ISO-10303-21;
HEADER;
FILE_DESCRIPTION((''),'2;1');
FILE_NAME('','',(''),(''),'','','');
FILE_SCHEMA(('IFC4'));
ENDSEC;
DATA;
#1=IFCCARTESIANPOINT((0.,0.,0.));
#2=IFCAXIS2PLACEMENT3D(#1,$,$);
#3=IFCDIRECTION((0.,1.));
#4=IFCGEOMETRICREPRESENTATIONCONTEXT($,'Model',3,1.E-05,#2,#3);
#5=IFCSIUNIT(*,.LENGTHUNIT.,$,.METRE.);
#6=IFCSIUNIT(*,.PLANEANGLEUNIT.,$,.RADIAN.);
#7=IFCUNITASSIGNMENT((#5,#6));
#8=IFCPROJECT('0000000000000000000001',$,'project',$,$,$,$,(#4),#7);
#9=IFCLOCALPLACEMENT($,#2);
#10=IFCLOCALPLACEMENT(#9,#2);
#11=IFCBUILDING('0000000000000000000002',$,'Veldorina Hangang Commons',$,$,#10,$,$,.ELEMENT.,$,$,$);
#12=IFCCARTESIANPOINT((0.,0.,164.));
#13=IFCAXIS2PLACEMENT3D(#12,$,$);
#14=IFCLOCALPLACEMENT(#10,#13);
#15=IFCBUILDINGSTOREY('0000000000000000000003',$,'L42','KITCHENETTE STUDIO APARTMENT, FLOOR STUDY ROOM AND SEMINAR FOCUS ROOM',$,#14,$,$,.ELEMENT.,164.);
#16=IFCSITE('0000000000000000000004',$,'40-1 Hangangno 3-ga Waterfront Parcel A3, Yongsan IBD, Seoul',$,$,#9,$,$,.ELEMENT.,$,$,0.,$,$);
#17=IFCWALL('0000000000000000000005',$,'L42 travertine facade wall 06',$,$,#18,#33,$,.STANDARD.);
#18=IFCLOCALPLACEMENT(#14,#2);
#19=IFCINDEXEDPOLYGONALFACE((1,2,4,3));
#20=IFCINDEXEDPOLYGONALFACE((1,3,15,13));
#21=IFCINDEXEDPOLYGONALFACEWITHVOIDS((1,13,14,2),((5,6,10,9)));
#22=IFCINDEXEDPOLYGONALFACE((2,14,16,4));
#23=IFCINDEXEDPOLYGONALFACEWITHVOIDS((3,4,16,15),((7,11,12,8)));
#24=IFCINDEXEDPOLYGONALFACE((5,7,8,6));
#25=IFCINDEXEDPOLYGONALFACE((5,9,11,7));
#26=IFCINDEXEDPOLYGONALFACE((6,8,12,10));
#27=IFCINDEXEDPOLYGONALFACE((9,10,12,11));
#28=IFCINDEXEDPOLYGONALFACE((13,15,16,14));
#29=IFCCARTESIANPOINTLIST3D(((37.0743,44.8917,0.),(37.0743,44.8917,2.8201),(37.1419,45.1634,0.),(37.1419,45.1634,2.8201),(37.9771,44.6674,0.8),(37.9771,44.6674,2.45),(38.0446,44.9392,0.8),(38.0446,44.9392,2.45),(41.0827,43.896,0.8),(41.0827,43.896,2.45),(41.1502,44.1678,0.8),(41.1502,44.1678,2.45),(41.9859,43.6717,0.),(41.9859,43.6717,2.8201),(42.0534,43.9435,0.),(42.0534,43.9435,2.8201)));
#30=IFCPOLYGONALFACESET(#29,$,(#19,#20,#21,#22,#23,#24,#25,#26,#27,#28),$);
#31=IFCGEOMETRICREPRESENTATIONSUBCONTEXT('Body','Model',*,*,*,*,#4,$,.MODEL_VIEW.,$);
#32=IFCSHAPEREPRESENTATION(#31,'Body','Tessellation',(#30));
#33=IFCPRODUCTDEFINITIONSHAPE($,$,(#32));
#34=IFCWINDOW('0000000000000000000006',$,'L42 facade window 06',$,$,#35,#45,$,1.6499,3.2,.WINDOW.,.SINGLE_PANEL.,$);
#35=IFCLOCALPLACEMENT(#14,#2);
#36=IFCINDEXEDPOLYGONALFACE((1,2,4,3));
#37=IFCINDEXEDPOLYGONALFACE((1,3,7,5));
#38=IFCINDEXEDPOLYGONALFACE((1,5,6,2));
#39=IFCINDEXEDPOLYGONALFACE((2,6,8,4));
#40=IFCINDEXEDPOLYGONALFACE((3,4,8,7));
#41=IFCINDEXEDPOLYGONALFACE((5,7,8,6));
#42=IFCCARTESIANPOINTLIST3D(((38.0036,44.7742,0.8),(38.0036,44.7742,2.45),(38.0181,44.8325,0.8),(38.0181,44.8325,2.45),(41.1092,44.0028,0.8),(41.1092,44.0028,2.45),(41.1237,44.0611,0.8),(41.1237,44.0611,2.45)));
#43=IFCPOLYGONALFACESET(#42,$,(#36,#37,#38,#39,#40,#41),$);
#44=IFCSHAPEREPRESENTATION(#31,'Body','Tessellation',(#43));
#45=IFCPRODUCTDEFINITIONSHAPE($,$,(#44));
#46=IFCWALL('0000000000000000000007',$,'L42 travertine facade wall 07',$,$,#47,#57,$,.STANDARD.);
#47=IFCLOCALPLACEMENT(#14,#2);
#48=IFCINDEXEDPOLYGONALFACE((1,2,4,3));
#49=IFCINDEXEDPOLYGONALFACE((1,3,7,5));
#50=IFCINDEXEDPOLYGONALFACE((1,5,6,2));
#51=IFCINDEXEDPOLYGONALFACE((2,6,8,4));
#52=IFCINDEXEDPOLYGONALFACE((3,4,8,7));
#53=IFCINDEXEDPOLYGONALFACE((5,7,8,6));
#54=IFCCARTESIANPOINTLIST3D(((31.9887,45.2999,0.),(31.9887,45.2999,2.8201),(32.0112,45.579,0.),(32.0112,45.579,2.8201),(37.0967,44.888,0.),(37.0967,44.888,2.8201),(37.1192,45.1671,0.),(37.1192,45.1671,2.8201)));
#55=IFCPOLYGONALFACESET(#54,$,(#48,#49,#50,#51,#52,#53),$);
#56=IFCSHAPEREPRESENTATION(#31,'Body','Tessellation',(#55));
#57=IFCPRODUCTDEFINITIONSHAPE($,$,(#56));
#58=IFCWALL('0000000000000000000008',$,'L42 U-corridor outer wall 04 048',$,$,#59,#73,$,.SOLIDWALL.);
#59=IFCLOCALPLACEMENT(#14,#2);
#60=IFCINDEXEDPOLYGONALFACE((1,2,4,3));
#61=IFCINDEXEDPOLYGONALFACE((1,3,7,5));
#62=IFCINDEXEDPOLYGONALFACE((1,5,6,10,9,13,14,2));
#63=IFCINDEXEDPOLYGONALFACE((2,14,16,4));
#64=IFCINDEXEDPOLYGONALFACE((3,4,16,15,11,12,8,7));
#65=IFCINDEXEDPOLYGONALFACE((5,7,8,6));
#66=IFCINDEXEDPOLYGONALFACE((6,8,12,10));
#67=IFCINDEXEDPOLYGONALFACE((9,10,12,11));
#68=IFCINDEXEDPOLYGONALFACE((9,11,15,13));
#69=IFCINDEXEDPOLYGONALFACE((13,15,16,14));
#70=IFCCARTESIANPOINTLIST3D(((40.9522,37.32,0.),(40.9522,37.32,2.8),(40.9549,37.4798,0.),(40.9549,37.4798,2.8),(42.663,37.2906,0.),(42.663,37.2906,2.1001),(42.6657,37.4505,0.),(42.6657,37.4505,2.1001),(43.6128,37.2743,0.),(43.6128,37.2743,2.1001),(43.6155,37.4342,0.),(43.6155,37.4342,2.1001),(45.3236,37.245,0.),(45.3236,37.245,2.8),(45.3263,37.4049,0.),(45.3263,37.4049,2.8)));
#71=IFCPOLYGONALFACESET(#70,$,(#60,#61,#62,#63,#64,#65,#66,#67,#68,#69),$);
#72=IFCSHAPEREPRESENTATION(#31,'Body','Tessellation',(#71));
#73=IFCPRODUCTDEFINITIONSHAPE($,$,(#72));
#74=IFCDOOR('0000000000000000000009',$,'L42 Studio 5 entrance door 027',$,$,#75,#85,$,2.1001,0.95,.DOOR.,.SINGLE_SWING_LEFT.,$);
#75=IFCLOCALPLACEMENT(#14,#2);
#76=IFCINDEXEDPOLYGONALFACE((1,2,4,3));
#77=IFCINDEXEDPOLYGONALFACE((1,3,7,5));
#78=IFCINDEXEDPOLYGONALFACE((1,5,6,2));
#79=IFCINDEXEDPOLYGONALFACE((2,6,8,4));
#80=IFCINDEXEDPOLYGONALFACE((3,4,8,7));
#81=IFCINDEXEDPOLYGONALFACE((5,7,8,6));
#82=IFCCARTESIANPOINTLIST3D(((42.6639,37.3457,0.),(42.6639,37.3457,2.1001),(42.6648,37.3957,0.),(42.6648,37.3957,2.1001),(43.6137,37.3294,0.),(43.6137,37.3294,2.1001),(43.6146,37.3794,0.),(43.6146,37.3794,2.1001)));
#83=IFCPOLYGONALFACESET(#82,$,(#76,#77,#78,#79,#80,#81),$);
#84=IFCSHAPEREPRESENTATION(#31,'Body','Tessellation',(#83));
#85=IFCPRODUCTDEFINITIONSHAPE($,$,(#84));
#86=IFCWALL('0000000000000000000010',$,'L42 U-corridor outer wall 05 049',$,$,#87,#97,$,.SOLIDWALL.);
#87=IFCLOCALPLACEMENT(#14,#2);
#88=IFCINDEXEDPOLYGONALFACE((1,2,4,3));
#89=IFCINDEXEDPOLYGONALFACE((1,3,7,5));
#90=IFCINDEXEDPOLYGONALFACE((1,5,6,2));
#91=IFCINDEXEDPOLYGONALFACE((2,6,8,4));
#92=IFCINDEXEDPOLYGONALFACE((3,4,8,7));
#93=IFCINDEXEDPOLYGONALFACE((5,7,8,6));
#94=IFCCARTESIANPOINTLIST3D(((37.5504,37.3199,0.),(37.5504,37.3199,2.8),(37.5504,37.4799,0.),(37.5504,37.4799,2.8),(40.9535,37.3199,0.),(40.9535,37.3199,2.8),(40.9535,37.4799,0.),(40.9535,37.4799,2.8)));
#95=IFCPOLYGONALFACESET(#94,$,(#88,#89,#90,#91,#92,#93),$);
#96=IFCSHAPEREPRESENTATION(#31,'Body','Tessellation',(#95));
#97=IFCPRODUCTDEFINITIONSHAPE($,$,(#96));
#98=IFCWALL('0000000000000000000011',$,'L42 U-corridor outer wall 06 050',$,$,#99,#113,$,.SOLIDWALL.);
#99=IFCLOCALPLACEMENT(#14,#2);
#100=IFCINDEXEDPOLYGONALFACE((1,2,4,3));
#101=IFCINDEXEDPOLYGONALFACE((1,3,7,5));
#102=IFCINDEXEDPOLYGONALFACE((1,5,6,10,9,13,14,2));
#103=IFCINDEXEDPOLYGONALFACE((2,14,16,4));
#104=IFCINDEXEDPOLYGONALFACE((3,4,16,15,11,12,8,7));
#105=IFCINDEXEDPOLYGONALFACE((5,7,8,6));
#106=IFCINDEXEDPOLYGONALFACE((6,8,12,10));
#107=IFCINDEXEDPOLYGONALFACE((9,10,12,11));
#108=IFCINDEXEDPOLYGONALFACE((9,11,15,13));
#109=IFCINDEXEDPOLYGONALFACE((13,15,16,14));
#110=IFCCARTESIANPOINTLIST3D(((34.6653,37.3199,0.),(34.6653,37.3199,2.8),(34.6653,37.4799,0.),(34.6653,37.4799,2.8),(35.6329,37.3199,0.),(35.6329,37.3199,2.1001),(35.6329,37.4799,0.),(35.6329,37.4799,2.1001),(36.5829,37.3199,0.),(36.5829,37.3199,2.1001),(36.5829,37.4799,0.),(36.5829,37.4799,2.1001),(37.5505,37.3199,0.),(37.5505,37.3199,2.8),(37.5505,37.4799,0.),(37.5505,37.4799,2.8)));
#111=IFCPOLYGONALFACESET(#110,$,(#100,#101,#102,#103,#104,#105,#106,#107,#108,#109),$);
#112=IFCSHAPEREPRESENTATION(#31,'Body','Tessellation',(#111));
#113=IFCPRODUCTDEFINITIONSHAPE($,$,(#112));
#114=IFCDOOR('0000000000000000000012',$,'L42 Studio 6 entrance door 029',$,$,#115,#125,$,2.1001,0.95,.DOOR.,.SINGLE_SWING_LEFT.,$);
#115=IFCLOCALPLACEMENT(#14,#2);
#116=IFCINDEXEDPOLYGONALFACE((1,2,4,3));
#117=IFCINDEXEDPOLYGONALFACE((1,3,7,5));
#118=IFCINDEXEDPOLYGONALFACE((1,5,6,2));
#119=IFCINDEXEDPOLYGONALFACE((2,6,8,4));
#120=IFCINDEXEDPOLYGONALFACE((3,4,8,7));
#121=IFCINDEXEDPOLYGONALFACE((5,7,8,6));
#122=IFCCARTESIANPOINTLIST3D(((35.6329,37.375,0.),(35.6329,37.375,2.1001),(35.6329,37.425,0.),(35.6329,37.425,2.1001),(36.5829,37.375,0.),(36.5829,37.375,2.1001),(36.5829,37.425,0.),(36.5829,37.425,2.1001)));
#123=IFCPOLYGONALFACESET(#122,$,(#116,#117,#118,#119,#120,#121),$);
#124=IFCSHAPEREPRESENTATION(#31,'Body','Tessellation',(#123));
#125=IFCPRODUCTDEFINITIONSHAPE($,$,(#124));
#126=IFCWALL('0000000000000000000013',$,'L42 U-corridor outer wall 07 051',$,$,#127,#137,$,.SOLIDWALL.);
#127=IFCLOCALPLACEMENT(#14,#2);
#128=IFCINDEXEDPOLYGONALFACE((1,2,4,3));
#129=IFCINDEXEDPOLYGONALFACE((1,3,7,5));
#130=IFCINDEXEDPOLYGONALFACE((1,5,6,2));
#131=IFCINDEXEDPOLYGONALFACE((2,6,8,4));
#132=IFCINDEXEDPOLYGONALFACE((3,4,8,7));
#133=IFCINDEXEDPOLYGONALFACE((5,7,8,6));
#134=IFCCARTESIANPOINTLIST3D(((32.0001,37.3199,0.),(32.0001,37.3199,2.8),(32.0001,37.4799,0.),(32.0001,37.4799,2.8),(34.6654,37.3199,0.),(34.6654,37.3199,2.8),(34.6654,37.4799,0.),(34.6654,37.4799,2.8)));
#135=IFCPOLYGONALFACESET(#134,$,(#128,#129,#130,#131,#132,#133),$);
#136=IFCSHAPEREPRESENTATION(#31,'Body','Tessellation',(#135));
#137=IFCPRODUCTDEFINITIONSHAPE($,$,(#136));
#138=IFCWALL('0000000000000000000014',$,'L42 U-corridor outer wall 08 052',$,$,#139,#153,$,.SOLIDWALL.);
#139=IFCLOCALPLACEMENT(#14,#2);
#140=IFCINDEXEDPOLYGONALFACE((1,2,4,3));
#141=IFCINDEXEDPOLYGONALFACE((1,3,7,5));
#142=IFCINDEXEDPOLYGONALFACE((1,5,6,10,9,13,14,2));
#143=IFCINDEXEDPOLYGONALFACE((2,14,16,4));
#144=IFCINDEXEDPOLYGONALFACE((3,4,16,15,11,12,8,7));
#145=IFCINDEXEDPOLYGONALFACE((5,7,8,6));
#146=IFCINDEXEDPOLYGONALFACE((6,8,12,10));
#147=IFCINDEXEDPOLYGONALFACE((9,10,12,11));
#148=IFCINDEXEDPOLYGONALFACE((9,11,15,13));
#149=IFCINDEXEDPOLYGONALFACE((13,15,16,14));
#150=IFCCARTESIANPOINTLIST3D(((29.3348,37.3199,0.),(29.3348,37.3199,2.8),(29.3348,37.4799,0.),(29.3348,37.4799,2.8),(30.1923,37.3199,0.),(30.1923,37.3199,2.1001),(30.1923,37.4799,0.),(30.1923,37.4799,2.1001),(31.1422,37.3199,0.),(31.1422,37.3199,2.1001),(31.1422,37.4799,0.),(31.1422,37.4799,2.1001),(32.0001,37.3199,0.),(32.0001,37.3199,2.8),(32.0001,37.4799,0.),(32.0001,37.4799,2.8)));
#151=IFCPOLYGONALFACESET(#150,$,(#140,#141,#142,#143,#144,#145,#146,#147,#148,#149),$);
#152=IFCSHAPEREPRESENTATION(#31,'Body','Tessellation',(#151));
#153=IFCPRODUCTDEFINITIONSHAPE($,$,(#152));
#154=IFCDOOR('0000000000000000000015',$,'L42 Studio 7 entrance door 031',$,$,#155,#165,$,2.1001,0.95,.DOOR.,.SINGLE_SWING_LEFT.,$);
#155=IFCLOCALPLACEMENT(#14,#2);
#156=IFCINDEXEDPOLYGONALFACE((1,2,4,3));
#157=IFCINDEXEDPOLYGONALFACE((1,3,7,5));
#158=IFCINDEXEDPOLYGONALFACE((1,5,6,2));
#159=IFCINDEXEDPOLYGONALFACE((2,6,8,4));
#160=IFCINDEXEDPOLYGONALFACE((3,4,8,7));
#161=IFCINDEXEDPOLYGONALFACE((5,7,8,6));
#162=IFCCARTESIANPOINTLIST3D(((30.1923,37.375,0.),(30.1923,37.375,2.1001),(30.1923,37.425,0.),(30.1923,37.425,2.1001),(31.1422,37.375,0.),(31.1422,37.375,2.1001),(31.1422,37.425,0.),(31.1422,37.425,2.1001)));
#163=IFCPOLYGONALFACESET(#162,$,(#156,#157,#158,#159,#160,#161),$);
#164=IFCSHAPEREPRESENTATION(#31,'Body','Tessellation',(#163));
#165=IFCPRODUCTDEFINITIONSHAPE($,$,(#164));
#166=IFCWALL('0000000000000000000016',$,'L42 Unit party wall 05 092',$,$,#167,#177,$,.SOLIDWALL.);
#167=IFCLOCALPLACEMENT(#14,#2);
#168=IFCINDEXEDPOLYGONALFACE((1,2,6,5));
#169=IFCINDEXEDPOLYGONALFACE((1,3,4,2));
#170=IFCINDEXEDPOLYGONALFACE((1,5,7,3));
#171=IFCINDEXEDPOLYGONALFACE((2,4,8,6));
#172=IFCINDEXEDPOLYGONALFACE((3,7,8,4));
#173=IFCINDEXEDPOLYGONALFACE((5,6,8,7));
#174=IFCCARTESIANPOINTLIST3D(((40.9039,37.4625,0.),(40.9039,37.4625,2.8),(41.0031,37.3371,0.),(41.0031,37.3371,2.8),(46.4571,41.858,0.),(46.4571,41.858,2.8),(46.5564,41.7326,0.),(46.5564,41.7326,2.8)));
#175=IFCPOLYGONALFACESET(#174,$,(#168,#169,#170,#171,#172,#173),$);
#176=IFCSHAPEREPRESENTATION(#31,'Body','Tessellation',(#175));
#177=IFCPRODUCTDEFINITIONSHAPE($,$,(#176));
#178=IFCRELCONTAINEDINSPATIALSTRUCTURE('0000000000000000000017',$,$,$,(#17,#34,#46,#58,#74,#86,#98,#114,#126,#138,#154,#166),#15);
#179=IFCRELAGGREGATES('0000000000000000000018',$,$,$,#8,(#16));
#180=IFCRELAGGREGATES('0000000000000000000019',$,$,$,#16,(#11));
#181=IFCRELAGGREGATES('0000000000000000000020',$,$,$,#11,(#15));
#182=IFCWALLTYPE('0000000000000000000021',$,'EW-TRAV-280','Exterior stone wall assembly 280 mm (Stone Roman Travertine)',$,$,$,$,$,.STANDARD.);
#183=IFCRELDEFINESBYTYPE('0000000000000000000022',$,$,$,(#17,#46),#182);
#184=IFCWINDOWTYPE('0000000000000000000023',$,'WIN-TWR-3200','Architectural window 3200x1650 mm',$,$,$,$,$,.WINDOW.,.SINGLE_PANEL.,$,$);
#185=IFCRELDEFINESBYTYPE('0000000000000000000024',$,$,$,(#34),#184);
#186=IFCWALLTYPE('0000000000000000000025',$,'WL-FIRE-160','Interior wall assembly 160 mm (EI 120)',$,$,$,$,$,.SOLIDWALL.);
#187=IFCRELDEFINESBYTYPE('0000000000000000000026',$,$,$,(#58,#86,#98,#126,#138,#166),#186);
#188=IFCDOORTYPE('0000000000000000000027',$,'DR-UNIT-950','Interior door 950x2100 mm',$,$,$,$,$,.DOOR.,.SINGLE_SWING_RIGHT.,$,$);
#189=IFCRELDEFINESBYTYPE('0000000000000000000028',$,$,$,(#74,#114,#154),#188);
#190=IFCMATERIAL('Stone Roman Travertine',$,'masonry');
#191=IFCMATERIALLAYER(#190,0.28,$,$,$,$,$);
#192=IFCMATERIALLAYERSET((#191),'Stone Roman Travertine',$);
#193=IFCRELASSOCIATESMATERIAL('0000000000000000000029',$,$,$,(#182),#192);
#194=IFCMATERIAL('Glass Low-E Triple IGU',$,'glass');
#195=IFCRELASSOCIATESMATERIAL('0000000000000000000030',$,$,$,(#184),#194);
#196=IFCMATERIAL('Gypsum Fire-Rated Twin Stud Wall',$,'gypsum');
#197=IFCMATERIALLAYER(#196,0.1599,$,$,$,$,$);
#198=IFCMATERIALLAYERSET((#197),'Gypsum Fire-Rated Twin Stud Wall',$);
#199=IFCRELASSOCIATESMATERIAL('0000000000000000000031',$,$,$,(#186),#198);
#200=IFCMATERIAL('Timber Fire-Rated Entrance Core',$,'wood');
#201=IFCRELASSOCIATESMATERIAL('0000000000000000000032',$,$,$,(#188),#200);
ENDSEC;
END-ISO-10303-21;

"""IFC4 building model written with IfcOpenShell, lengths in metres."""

from ifc_helpers import new_model, si_unit, direction, frame, frame_2d, origin, place, context, subcontext, project, spatial, rectangle, extrude, material, layer, layer_set, type_object, element, fill, save


model = new_model("IFC4")

# Units and contexts
model_context = context("Model", 3, precision=1e-05, world=origin(), true_north=direction((0.0, 1.0)))
body_context = subcontext(model_context, "Body", "Model", "MODEL_VIEW")
ifc_project = project(units=[si_unit("LENGTHUNIT", "METRE"), si_unit("PLANEANGLEUNIT", "RADIAN")], contexts=[model_context])

# Site, building, storey
site_placement = place(None, origin())
site = spatial("IfcSite", under=ifc_project, at=site_placement, Name="40-1 Hangangno 3-ga Waterfront Parcel A3, Yongsan IBD, Seoul", CompositionType="ELEMENT", RefElevation=0.0)
building_placement = place(site_placement, origin())
building = spatial("IfcBuilding", under=site, at=building_placement, Name="Veldorina Hangang Commons", CompositionType="ELEMENT")
storey_placement = place(building_placement, frame((0.0, 0.0, 164.0)))
storey = spatial("IfcBuildingStorey", under=building, at=storey_placement, Name="L42", Description="KITCHENETTE STUDIO APARTMENT, FLOOR STUDY ROOM AND SEMINAR FOCUS ROOM", CompositionType="ELEMENT", Elevation=164.0)

# Wall, opening, window
ifc_material_1 = material(Name="Stone Roman Travertine", Category="masonry")
ifc_layer_1 = layer(ifc_material_1, 0.28)
ifc_layer_set_1 = layer_set([ifc_layer_1], Name="Stone Roman Travertine")
wall_type_1 = type_object("IfcWallType", Name="EW-TRAV-280", Description="Exterior stone wall assembly 280 mm (Stone Roman Travertine)", PredefinedType="STANDARD", material=ifc_layer_set_1)
wall_1_placement = place(storey_placement, frame((42.0195, 43.8076, 0.0), z_axis=(0.0, 0.0, 1.0), x_axis=(-0.97051, 0.24106, 0.0)))
wall_1 = element("IfcWall", 1, at=wall_1_placement, inside=storey, type_object=wall_type_1, Name="L42 travertine facade wall 06", PredefinedType="STANDARD", context=body_context, shape_type="SweptSolid", body=[
    extrude(rectangle(XDim=5.0608, YDim=0.28, at=frame_2d((2.5303, 0.0))), origin(), (0.0, 0.0, 1.0), 2.8201),
])
opening_1_placement = place(wall_1_placement, frame((0.9304, 0.0, 0.8)))
opening_1 = element("IfcOpeningElement", 2, at=opening_1_placement, cuts=wall_1, PredefinedType="OPENING", context=body_context, shape_type="SweptSolid", body=[
    extrude(rectangle(XDim=3.2, YDim=1.6499, at=frame_2d((1.6001, 0.825))), frame((0.0, 0.1499, 0.0), z_axis=(0.0, -1.0, 0.0), x_axis=(1.0, 0.0, 0.0)), (0.0, 0.0, 1.0), 0.3),
])
ifc_material_2 = material(Name="Glass Low-E Triple IGU", Category="glass")
window_type = type_object("IfcWindowType", Name="WIN-TWR-3200", Description="Architectural window 3200x1650 mm", PartitioningType="SINGLE_PANEL", PredefinedType="WINDOW", material=ifc_material_2)
window_placement = place(opening_1_placement, origin())
window = element("IfcWindow", 3, at=window_placement, inside=storey, type_object=window_type, Name="L42 facade window 06", OverallHeight=1.6499, OverallWidth=3.2, PartitioningType="SINGLE_PANEL", PredefinedType="WINDOW", context=body_context, shape_type="SweptSolid", body=[
    extrude(rectangle(XDim=3.2, YDim=1.6499, at=frame_2d((1.6001, 0.825))), frame((0.0, 0.03, 0.0), z_axis=(0.0, -1.0, 0.0), x_axis=(1.0, 0.0, 0.0)), (0.0, 0.0, 1.0), 0.0601),
])
fill(opening_1, window)

# Wall
wall_2_placement = place(storey_placement, frame((37.1079, 45.0276, 0.0), z_axis=(0.0, 0.0, 1.0), x_axis=(-0.996765, 0.080372, 0.0)))
element("IfcWall", 4, at=wall_2_placement, inside=storey, type_object=wall_type_1, Name="L42 travertine facade wall 07", PredefinedType="STANDARD", context=body_context, shape_type="SweptSolid", body=[
    extrude(rectangle(XDim=5.1245, YDim=0.28, at=frame_2d((2.5623, 0.0))), origin(), (0.0, 0.0, 1.0), 2.8201),
])

# Wall, opening, door
ifc_material_3 = material(Name="Gypsum Fire-Rated Twin Stud Wall", Category="gypsum")
ifc_layer_2 = layer(ifc_material_3, 0.1599)
ifc_layer_set_2 = layer_set([ifc_layer_2], Name="Gypsum Fire-Rated Twin Stud Wall")
wall_type_2 = type_object("IfcWallType", Name="WL-FIRE-160", Description="Interior wall assembly 160 mm (EI 120)", PredefinedType="SOLIDWALL", material=ifc_layer_set_2)
wall_3_placement = place(storey_placement, frame((45.325, 37.325, 0.0), z_axis=(0.0, 0.0, 1.0), x_axis=(-0.999853, 0.017144, 0.0)))
wall_3 = element("IfcWall", 5, at=wall_3_placement, inside=storey, type_object=wall_type_2, Name="L42 U-corridor outer wall 04 048", PredefinedType="SOLIDWALL", context=body_context, shape_type="SweptSolid", body=[
    extrude(rectangle(XDim=4.3721, YDim=0.1599, at=frame_2d((2.186, 0.0))), origin(), (0.0, 0.0, 1.0), 2.8),
])
opening_2_placement = place(wall_3_placement, frame((1.7109, 0.0, 0.0)))
opening_2 = element("IfcOpeningElement", 6, at=opening_2_placement, cuts=wall_3, PredefinedType="OPENING", context=body_context, shape_type="SweptSolid", body=[
    extrude(rectangle(XDim=0.95, YDim=2.1001, at=frame_2d((0.4751, 1.05))), frame((0.0, 0.0898, 0.0), z_axis=(0.0, -1.0, 0.0), x_axis=(1.0, 0.0, 0.0)), (0.0, 0.0, 1.0), 0.1799),
])
ifc_material_4 = material(Name="Timber Fire-Rated Entrance Core", Category="wood")
door_type_1 = type_object("IfcDoorType", Name="DR-UNIT-950", Description="Interior door 950x2100 mm", OperationType="SINGLE_SWING_RIGHT", PredefinedType="DOOR", material=ifc_material_4)
door_1_placement = place(opening_2_placement, origin())
door_1 = element("IfcDoor", 7, at=door_1_placement, inside=storey, type_object=door_type_1, Name="L42 Studio 5 entrance door 027", OperationType="SINGLE_SWING_LEFT", OverallHeight=2.1001, OverallWidth=0.95, PredefinedType="DOOR", context=body_context, shape_type="SweptSolid", body=[
    extrude(rectangle(XDim=0.95, YDim=2.1001, at=frame_2d((0.4751, 1.05))), frame((0.0, 0.0249, 0.0), z_axis=(0.0, -1.0, 0.0), x_axis=(1.0, 0.0, 0.0)), (0.0, 0.0, 1.0), 0.05),
])
fill(opening_2, door_1)

# Wall
wall_4_placement = place(storey_placement, frame((40.9536, 37.3999, 0.0), z_axis=(0.0, 0.0, 1.0), x_axis=(-1.0, 0.0, 0.0)))
element("IfcWall", 8, at=wall_4_placement, inside=storey, type_object=wall_type_2, Name="L42 U-corridor outer wall 05 049", PredefinedType="SOLIDWALL", context=body_context, shape_type="SweptSolid", body=[
    extrude(rectangle(XDim=3.4031, YDim=0.1599, at=frame_2d((1.7017, 0.0))), origin(), (0.0, 0.0, 1.0), 2.8),
])

# Wall, opening, door
wall_5_placement = place(storey_placement, frame((37.5505, 37.3999, 0.0), z_axis=(0.0, 0.0, 1.0), x_axis=(-1.0, 0.0, 0.0)))
wall_5 = element("IfcWall", 9, at=wall_5_placement, inside=storey, type_object=wall_type_2, Name="L42 U-corridor outer wall 06 050", PredefinedType="SOLIDWALL", context=body_context, shape_type="SweptSolid", body=[
    extrude(rectangle(XDim=2.8853, YDim=0.1599, at=frame_2d((1.4426, 0.0))), origin(), (0.0, 0.0, 1.0), 2.8),
])
opening_3_placement = place(wall_5_placement, frame((0.9675, 0.0, 0.0)))
opening_3 = element("IfcOpeningElement", 10, at=opening_3_placement, cuts=wall_5, PredefinedType="OPENING", context=body_context, shape_type="SweptSolid", body=[
    extrude(rectangle(XDim=0.95, YDim=2.1001, at=frame_2d((0.4751, 1.05))), frame((0.0, 0.0898, 0.0), z_axis=(0.0, -1.0, 0.0), x_axis=(1.0, 0.0, 0.0)), (0.0, 0.0, 1.0), 0.1799),
])
door_2_placement = place(opening_3_placement, origin())
door_2 = element("IfcDoor", 11, at=door_2_placement, inside=storey, type_object=door_type_1, Name="L42 Studio 6 entrance door 029", OperationType="SINGLE_SWING_LEFT", OverallHeight=2.1001, OverallWidth=0.95, PredefinedType="DOOR", context=body_context, shape_type="SweptSolid", body=[
    extrude(rectangle(XDim=0.95, YDim=2.1001, at=frame_2d((0.4751, 1.05))), frame((0.0, 0.0249, 0.0), z_axis=(0.0, -1.0, 0.0), x_axis=(1.0, 0.0, 0.0)), (0.0, 0.0, 1.0), 0.05),
])
fill(opening_3, door_2)

# Wall
wall_6_placement = place(storey_placement, frame((34.6653, 37.3999, 0.0), z_axis=(0.0, 0.0, 1.0), x_axis=(-1.0, 0.0, 0.0)))
element("IfcWall", 12, at=wall_6_placement, inside=storey, type_object=wall_type_2, Name="L42 U-corridor outer wall 07 051", PredefinedType="SOLIDWALL", context=body_context, shape_type="SweptSolid", body=[
    extrude(rectangle(XDim=2.6653, YDim=0.1599, at=frame_2d((1.3325, 0.0))), origin(), (0.0, 0.0, 1.0), 2.8),
])

# Wall, opening, door
wall_7_placement = place(storey_placement, frame((32.0, 37.3999, 0.0), z_axis=(0.0, 0.0, 1.0), x_axis=(-1.0, 0.0, 0.0)))
wall_7 = element("IfcWall", 13, at=wall_7_placement, inside=storey, type_object=wall_type_2, Name="L42 U-corridor outer wall 08 052", PredefinedType="SOLIDWALL", context=body_context, shape_type="SweptSolid", body=[
    extrude(rectangle(XDim=2.6653, YDim=0.1599, at=frame_2d((1.3325, 0.0))), origin(), (0.0, 0.0, 1.0), 2.8),
])
opening_4_placement = place(wall_7_placement, frame((0.8577, 0.0, 0.0)))
opening_4 = element("IfcOpeningElement", 14, at=opening_4_placement, cuts=wall_7, PredefinedType="OPENING", context=body_context, shape_type="SweptSolid", body=[
    extrude(rectangle(XDim=0.95, YDim=2.1001, at=frame_2d((0.4751, 1.05))), frame((0.0, 0.0898, 0.0), z_axis=(0.0, -1.0, 0.0), x_axis=(1.0, 0.0, 0.0)), (0.0, 0.0, 1.0), 0.1799),
])
door_3_placement = place(opening_4_placement, origin())
door_3 = element("IfcDoor", 15, at=door_3_placement, inside=storey, type_object=door_type_1, Name="L42 Studio 7 entrance door 031", OperationType="SINGLE_SWING_LEFT", OverallHeight=2.1001, OverallWidth=0.95, PredefinedType="DOOR", context=body_context, shape_type="SweptSolid", body=[
    extrude(rectangle(XDim=0.95, YDim=2.1001, at=frame_2d((0.4751, 1.05))), frame((0.0, 0.0249, 0.0), z_axis=(0.0, -1.0, 0.0), x_axis=(1.0, 0.0, 0.0)), (0.0, 0.0, 1.0), 0.05),
])
fill(opening_4, door_3)

# Wall
wall_8_placement = place(storey_placement, frame((40.9536, 37.3999, 0.0), z_axis=(0.0, 0.0, 1.0), x_axis=(0.7841, 0.620634, 0.0)))
element("IfcWall", 16, at=wall_8_placement, inside=storey, type_object=wall_type_2, Name="L42 Unit party wall 05 092", PredefinedType="SOLIDWALL", context=body_context, shape_type="SweptSolid", body=[
    extrude(rectangle(XDim=7.0823, YDim=0.1599, at=frame_2d((3.541, 0.0))), origin(), (0.0, 0.0, 1.0), 2.8),
])

save(model, "model.ifc")
